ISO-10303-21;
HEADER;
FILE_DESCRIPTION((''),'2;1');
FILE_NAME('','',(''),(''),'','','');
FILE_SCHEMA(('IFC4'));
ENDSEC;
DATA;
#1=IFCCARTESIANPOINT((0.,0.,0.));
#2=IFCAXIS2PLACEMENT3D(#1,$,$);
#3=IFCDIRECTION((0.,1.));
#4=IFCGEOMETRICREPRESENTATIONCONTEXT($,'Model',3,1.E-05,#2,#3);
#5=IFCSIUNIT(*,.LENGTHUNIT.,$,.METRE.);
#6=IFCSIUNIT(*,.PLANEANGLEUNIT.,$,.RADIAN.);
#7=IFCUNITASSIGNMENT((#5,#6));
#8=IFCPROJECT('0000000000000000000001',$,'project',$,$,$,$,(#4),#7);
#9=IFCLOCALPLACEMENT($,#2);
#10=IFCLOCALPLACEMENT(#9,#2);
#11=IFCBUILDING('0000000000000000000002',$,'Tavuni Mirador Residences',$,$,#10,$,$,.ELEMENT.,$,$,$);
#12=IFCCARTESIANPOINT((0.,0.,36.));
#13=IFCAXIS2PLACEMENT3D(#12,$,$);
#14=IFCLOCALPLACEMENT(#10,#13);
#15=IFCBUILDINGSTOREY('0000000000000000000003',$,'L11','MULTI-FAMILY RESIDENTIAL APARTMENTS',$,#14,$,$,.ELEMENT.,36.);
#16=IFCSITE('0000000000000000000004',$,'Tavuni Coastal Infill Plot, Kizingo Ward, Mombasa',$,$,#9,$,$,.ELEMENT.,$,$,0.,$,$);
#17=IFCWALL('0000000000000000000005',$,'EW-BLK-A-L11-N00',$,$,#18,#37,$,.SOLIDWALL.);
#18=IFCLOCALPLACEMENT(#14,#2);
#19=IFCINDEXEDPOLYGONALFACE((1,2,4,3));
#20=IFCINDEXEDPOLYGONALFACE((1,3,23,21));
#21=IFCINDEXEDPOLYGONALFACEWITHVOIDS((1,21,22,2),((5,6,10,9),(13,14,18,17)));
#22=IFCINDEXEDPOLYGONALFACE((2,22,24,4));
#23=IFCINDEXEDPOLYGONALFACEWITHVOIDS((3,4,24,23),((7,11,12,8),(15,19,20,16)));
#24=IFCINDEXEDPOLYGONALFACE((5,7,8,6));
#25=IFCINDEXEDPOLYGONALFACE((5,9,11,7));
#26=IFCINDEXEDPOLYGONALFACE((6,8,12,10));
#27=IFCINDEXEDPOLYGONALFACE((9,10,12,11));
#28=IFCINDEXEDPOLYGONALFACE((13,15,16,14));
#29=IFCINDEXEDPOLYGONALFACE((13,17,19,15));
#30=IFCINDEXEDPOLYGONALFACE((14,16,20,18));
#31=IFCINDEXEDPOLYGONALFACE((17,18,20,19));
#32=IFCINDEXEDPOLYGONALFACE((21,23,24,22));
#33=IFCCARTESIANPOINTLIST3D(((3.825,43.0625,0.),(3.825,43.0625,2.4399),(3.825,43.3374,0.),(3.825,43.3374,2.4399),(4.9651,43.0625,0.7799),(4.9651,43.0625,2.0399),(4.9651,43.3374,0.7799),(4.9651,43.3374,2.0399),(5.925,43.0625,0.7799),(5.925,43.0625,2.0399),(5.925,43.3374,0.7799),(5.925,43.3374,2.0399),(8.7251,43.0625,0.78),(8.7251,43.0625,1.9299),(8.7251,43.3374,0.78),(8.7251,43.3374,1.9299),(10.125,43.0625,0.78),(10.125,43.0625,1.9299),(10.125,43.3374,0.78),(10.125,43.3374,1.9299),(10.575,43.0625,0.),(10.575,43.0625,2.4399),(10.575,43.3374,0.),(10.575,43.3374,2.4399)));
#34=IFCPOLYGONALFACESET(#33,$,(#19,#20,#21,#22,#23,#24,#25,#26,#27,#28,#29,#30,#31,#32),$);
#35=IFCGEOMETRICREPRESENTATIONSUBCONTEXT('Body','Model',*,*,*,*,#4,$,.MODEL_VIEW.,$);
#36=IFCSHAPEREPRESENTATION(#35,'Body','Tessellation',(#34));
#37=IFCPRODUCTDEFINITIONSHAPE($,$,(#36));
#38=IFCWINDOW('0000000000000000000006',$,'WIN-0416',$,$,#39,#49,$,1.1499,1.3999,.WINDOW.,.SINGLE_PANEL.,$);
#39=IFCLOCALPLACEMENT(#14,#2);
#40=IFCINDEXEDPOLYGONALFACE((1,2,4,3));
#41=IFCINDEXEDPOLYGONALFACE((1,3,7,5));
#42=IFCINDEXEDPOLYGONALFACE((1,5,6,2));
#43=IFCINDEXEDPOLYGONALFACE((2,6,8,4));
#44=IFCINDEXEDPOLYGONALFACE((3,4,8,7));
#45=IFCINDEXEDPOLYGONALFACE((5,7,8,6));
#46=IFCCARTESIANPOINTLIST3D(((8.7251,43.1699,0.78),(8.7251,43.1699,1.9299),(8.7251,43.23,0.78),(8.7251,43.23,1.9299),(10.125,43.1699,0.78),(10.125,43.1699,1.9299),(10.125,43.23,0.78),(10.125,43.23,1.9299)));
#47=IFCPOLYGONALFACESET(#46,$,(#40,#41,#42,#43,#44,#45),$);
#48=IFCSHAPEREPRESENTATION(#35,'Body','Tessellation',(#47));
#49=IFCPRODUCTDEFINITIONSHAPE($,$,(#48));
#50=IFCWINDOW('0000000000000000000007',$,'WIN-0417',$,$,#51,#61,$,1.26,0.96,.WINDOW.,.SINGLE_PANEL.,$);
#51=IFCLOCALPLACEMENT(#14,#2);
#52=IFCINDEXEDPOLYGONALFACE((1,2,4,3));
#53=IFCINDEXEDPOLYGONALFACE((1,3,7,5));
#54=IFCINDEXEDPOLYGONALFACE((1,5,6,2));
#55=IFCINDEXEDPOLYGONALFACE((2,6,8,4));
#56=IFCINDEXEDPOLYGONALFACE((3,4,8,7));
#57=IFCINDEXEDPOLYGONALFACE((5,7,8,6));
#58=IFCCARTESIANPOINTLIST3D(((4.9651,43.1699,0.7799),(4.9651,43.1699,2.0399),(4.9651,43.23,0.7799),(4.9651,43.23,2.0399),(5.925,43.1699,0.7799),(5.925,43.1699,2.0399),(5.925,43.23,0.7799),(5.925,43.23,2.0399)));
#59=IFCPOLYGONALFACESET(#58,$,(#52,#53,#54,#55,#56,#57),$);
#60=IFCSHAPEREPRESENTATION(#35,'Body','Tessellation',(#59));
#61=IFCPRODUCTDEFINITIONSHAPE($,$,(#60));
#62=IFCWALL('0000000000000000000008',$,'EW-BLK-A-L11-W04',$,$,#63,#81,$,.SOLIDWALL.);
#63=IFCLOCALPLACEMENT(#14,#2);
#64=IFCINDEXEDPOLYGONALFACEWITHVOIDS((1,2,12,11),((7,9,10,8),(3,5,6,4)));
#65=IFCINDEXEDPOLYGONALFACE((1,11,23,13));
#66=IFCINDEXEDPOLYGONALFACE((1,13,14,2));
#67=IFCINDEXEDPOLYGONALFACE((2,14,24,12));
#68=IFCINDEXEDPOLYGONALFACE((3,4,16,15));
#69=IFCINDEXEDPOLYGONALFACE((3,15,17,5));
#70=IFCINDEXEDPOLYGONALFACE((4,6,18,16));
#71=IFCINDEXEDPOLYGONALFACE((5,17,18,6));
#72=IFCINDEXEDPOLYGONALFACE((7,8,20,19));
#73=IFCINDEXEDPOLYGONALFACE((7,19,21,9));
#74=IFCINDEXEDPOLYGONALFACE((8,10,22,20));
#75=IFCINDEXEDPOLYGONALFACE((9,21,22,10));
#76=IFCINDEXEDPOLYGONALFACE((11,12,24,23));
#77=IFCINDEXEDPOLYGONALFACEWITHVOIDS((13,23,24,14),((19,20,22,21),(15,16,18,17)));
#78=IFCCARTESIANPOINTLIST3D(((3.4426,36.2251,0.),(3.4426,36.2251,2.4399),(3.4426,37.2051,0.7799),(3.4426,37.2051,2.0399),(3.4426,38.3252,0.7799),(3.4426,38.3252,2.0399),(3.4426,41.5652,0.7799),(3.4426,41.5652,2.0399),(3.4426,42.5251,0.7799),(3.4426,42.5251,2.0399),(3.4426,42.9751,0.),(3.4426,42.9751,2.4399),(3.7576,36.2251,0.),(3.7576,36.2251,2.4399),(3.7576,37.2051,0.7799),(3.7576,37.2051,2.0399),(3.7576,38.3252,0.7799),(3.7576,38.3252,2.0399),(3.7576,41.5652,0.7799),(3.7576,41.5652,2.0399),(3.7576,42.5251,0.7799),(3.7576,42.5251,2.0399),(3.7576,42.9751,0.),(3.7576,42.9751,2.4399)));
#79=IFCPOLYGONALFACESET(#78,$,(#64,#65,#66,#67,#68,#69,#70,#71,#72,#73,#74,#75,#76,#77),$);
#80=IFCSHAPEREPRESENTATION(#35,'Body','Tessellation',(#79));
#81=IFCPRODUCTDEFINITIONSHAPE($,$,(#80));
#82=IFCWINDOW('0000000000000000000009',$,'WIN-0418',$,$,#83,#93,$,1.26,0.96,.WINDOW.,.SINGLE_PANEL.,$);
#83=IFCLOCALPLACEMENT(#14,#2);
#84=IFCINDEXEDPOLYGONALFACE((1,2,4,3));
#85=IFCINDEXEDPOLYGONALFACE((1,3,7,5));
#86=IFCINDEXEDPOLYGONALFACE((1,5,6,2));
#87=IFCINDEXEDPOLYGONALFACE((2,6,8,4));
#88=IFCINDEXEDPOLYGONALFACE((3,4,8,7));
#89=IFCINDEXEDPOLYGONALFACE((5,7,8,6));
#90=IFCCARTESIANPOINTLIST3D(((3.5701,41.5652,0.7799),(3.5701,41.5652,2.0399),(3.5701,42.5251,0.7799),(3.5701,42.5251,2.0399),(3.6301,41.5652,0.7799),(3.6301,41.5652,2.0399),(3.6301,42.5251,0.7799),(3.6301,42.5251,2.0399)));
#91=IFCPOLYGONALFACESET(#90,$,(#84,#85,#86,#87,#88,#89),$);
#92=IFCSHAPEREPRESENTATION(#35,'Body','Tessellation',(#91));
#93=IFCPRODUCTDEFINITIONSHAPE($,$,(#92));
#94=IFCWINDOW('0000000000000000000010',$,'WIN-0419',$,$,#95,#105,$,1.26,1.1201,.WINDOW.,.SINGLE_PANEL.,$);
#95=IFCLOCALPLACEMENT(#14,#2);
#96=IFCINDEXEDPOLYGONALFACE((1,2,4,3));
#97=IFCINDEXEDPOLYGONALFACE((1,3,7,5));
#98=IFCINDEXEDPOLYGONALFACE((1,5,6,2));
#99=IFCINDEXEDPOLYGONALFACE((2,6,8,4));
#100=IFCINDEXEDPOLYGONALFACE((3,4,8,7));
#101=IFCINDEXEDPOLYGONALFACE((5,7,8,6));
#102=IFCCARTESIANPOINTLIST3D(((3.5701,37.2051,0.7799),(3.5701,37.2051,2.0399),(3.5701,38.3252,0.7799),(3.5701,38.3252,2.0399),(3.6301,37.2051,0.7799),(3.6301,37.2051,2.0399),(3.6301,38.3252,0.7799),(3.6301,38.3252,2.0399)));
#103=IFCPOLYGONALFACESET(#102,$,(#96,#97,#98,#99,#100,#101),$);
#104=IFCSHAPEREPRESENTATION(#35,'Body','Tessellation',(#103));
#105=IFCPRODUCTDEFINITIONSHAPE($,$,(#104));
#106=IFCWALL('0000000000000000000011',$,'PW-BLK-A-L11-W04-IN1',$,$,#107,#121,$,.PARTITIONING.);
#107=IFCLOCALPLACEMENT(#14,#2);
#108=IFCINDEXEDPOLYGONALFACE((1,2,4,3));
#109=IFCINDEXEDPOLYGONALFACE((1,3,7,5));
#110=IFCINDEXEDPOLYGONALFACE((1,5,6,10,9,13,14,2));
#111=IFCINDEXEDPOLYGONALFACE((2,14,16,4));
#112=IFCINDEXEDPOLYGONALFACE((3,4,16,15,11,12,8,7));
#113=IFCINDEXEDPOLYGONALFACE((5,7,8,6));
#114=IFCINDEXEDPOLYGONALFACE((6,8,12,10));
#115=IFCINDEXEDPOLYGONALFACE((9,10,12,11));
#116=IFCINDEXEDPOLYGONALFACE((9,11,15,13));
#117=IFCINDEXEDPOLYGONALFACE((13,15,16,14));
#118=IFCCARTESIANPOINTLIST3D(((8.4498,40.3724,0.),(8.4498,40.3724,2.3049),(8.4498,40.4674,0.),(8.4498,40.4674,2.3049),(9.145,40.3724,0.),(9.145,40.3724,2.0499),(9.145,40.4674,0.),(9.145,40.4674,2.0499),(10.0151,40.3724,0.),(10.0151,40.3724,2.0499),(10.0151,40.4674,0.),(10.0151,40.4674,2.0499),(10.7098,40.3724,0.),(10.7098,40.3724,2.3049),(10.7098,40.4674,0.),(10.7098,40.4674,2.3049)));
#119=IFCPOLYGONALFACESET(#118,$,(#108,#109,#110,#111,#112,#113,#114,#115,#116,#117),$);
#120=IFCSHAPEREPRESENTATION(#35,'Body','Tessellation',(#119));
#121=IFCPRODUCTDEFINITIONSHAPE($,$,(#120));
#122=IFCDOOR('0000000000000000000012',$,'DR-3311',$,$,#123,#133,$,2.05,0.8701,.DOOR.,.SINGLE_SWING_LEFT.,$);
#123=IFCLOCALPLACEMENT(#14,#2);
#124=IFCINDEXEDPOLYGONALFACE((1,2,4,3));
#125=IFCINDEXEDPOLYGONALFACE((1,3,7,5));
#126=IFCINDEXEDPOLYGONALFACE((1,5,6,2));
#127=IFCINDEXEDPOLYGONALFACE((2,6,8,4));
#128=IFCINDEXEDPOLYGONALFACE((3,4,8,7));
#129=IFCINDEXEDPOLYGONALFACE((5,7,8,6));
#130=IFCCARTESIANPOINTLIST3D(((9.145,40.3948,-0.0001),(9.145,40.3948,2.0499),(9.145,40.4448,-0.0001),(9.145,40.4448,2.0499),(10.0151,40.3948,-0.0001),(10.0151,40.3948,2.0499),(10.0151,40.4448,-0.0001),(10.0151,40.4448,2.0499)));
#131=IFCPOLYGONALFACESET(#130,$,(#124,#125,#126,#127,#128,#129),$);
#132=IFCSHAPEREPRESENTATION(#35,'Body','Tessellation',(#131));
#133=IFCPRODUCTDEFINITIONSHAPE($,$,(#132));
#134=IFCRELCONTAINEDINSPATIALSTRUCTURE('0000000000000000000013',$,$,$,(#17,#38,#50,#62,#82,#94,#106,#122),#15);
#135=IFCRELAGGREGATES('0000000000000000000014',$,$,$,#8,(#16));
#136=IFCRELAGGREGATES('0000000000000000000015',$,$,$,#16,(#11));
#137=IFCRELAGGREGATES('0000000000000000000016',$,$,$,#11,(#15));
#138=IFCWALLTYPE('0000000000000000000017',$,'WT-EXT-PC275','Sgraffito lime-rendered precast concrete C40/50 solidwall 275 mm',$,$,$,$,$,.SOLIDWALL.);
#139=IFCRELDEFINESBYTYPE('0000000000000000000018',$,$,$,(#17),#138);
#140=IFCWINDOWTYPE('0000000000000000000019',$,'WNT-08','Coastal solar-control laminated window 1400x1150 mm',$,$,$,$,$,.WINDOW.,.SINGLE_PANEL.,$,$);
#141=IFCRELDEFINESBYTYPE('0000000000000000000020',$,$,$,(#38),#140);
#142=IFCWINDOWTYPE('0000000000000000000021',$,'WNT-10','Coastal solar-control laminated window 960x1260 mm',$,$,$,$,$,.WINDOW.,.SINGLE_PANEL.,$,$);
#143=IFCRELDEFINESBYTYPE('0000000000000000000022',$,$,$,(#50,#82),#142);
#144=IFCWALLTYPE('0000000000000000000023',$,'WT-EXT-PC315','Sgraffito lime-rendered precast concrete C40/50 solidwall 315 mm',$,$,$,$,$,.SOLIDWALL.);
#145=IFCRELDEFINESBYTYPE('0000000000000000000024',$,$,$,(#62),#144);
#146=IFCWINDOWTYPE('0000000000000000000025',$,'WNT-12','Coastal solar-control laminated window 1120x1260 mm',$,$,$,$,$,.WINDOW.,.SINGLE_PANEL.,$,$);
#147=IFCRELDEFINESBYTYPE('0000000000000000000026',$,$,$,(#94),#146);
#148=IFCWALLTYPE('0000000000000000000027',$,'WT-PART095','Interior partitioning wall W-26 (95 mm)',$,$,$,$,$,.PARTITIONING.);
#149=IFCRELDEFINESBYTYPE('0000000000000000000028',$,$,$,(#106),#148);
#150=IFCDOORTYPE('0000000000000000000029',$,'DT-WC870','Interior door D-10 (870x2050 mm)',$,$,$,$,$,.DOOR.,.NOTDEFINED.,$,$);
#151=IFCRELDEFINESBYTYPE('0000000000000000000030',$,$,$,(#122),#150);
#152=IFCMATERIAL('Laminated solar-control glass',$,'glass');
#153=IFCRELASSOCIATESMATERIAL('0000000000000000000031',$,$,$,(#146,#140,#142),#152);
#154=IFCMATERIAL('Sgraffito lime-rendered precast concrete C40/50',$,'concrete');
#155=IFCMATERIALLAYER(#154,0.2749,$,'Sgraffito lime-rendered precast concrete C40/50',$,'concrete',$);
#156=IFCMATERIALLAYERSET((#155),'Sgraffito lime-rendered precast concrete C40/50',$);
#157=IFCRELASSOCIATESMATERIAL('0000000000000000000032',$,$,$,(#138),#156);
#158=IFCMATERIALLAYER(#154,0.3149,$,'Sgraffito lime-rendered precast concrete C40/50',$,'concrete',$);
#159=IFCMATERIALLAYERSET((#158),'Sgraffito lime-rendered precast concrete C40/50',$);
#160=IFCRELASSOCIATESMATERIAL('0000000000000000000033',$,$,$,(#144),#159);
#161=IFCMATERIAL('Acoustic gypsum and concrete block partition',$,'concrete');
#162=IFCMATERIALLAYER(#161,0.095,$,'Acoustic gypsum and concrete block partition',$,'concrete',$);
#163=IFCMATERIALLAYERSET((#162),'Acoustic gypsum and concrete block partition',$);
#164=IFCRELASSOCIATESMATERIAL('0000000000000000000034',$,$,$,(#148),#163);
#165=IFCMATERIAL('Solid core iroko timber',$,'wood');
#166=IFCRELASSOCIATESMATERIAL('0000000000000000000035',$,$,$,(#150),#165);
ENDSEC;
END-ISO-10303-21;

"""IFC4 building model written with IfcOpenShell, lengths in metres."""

from ifc_helpers import new_model, si_unit, direction, frame, frame_2d, origin, place, context, subcontext, project, spatial, rectangle, extrude, material, layer, layer_set, type_object, element, fill, save


model = new_model("IFC4")

# Units and contexts
model_context = context("Model", 3, precision=1e-05, world=origin(), true_north=direction((0.0, 1.0)))
body_context = subcontext(model_context, "Body", "Model", "MODEL_VIEW")
ifc_project = project(units=[si_unit("LENGTHUNIT", "METRE"), si_unit("PLANEANGLEUNIT", "RADIAN")], contexts=[model_context])

# Site, building, storey
site_placement = place(None, origin())
site = spatial("IfcSite", under=ifc_project, at=site_placement, Name="Tavuni Coastal Infill Plot, Kizingo Ward, Mombasa", CompositionType="ELEMENT", RefElevation=0.0)
building_placement = place(site_placement, origin())
building = spatial("IfcBuilding", under=site, at=building_placement, Name="Tavuni Mirador Residences", CompositionType="ELEMENT")
storey_placement = place(building_placement, frame((0.0, 0.0, 36.0)))
storey = spatial("IfcBuildingStorey", under=building, at=storey_placement, Name="L11", Description="MULTI-FAMILY RESIDENTIAL APARTMENTS", CompositionType="ELEMENT", Elevation=36.0)

# Walls, openings, windows
ifc_material_1 = material(Name="Laminated solar-control glass", Category="glass")
window_type_1 = type_object("IfcWindowType", Name="WNT-12", Description="Coastal solar-control laminated window 1120x1260 mm", PartitioningType="SINGLE_PANEL", PredefinedType="WINDOW", material=ifc_material_1)
ifc_material_2 = material(Name="Sgraffito lime-rendered precast concrete C40/50", Category="concrete")
ifc_layer_1 = layer(ifc_material_2, 0.2749, Name="Sgraffito lime-rendered precast concrete C40/50", Category="concrete")
ifc_layer_set_1 = layer_set([ifc_layer_1], Name="Sgraffito lime-rendered precast concrete C40/50")
wall_type_1 = type_object("IfcWallType", Name="WT-EXT-PC275", Description="Sgraffito lime-rendered precast concrete C40/50 solidwall 275 mm", PredefinedType="SOLIDWALL", material=ifc_layer_set_1)
wall_1_placement = place(storey_placement, frame((10.575, 43.2, 0.0), z_axis=(0.0, 0.0, 1.0), x_axis=(-1.0, 0.0, 0.0)))
wall_1 = element("IfcWall", 1, at=wall_1_placement, inside=storey, type_object=wall_type_1, Name="EW-BLK-A-L11-N00", PredefinedType="SOLIDWALL", context=body_context, shape_type="SweptSolid", body=[
    extrude(rectangle(XDim=6.75, YDim=0.2749, at=frame_2d((3.375, 0.0))), origin(), (0.0, 0.0, 1.0), 2.4399),
])
opening_1_placement = place(wall_1_placement, frame((0.45, 0.0, 0.78)))
opening_1 = element("IfcOpeningElement", 2, at=opening_1_placement, cuts=wall_1, PredefinedType="OPENING", context=body_context, shape_type="SweptSolid", body=[
    extrude(rectangle(XDim=1.3999, YDim=1.1499, at=frame_2d((0.7, 0.575))), frame((0.0, 0.1475, 0.0), z_axis=(0.0, -1.0, 0.0), x_axis=(1.0, 0.0, 0.0)), (0.0, 0.0, 1.0), 0.2949),
])
opening_2_placement = place(wall_1_placement, frame((4.6499, 0.0, 0.78)))
opening_2 = element("IfcOpeningElement", 3, at=opening_2_placement, cuts=wall_1, PredefinedType="OPENING", context=body_context, shape_type="SweptSolid", body=[
    extrude(rectangle(XDim=0.96, YDim=1.26, at=frame_2d((0.48, 0.6299))), frame((0.0, 0.1475, 0.0), z_axis=(0.0, -1.0, 0.0), x_axis=(1.0, 0.0, 0.0)), (0.0, 0.0, 1.0), 0.2949),
])
window_type_2 = type_object("IfcWindowType", Name="WNT-08", Description="Coastal solar-control laminated window 1400x1150 mm", PartitioningType="SINGLE_PANEL", PredefinedType="WINDOW", material=ifc_material_1)
window_1_placement = place(opening_1_placement, origin())
window_1 = element("IfcWindow", 4, at=window_1_placement, inside=storey, type_object=window_type_2, Name="WIN-0416", OverallHeight=1.1499, OverallWidth=1.3999, PartitioningType="SINGLE_PANEL", PredefinedType="WINDOW", context=body_context, shape_type="SweptSolid", body=[
    extrude(rectangle(XDim=1.3999, YDim=1.1499, at=frame_2d((0.7, 0.575))), frame((0.0, 0.03, 0.0), z_axis=(0.0, -1.0, 0.0), x_axis=(1.0, 0.0, 0.0)), (0.0, 0.0, 1.0), 0.0601),
])
fill(opening_1, window_1)
window_type_3 = type_object("IfcWindowType", Name="WNT-10", Description="Coastal solar-control laminated window 960x1260 mm", PartitioningType="SINGLE_PANEL", PredefinedType="WINDOW", material=ifc_material_1)
window_2_placement = place(opening_2_placement, origin())
window_2 = element("IfcWindow", 5, at=window_2_placement, inside=storey, type_object=window_type_3, Name="WIN-0417", OverallHeight=1.26, OverallWidth=0.96, PartitioningType="SINGLE_PANEL", PredefinedType="WINDOW", context=body_context, shape_type="SweptSolid", body=[
    extrude(rectangle(XDim=0.96, YDim=1.26, at=frame_2d((0.48, 0.6299))), frame((0.0, 0.03, 0.0), z_axis=(0.0, -1.0, 0.0), x_axis=(1.0, 0.0, 0.0)), (0.0, 0.0, 1.0), 0.0601),
])
fill(opening_2, window_2)
ifc_layer_2 = layer(ifc_material_2, 0.3149, Name="Sgraffito lime-rendered precast concrete C40/50", Category="concrete")
ifc_layer_set_2 = layer_set([ifc_layer_2], Name="Sgraffito lime-rendered precast concrete C40/50")
wall_type_2 = type_object("IfcWallType", Name="WT-EXT-PC315", Description="Sgraffito lime-rendered precast concrete C40/50 solidwall 315 mm", PredefinedType="SOLIDWALL", material=ifc_layer_set_2)
wall_2_placement = place(storey_placement, frame((3.6001, 42.9751, 0.0), z_axis=(0.0, 0.0, 1.0), x_axis=(0.0, -1.0, 0.0)))
wall_2 = element("IfcWall", 6, at=wall_2_placement, inside=storey, type_object=wall_type_2, Name="EW-BLK-A-L11-W04", PredefinedType="SOLIDWALL", context=body_context, shape_type="SweptSolid", body=[
    extrude(rectangle(XDim=6.75, YDim=0.3149, at=frame_2d((3.375, 0.0))), origin(), (0.0, 0.0, 1.0), 2.4399),
])
opening_3_placement = place(wall_2_placement, frame((0.45, 0.0, 0.78)))
opening_3 = element("IfcOpeningElement", 7, at=opening_3_placement, cuts=wall_2, PredefinedType="OPENING", context=body_context, shape_type="SweptSolid", body=[
    extrude(rectangle(XDim=0.96, YDim=1.26, at=frame_2d((0.48, 0.6299))), frame((0.0, 0.1675, 0.0), z_axis=(0.0, -1.0, 0.0), x_axis=(1.0, 0.0, 0.0)), (0.0, 0.0, 1.0), 0.335),
])
opening_4_placement = place(wall_2_placement, frame((4.6499, 0.0, 0.78)))
opening_4 = element("IfcOpeningElement", 8, at=opening_4_placement, cuts=wall_2, PredefinedType="OPENING", context=body_context, shape_type="SweptSolid", body=[
    extrude(rectangle(XDim=1.1201, YDim=1.26, at=frame_2d((0.5601, 0.6299))), frame((0.0, 0.1675, 0.0), z_axis=(0.0, -1.0, 0.0), x_axis=(1.0, 0.0, 0.0)), (0.0, 0.0, 1.0), 0.335),
])
window_3_placement = place(opening_3_placement, origin())
window_3 = element("IfcWindow", 9, at=window_3_placement, inside=storey, type_object=window_type_3, Name="WIN-0418", OverallHeight=1.26, OverallWidth=0.96, PartitioningType="SINGLE_PANEL", PredefinedType="WINDOW", context=body_context, shape_type="SweptSolid", body=[
    extrude(rectangle(XDim=0.96, YDim=1.26, at=frame_2d((0.48, 0.6299))), frame((0.0, 0.03, 0.0), z_axis=(0.0, -1.0, 0.0), x_axis=(1.0, 0.0, 0.0)), (0.0, 0.0, 1.0), 0.0601),
])
fill(opening_3, window_3)
window_4_placement = place(opening_4_placement, origin())
window_4 = element("IfcWindow", 10, at=window_4_placement, inside=storey, type_object=window_type_1, Name="WIN-0419", OverallHeight=1.26, OverallWidth=1.1201, PartitioningType="SINGLE_PANEL", PredefinedType="WINDOW", context=body_context, shape_type="SweptSolid", body=[
    extrude(rectangle(XDim=1.1201, YDim=1.26, at=frame_2d((0.5601, 0.6299))), frame((0.0, 0.03, 0.0), z_axis=(0.0, -1.0, 0.0), x_axis=(1.0, 0.0, 0.0)), (0.0, 0.0, 1.0), 0.0601),
])
fill(opening_4, window_4)

# Wall, opening, door
ifc_material_3 = material(Name="Acoustic gypsum and concrete block partition", Category="concrete")
ifc_layer_3 = layer(ifc_material_3, 0.095, Name="Acoustic gypsum and concrete block partition", Category="concrete")
ifc_layer_set_3 = layer_set([ifc_layer_3], Name="Acoustic gypsum and concrete block partition")
wall_type_3 = type_object("IfcWallType", Name="WT-PART095", Description="Interior partitioning wall W-26 (95 mm)", PredefinedType="PARTITIONING", material=ifc_layer_set_3)
wall_3_placement = place(storey_placement, frame((8.45, 40.4199, 0.0), z_axis=(0.0, 0.0, 1.0), x_axis=(1.0, 0.0, 0.0)))
wall_3 = element("IfcWall", 11, at=wall_3_placement, inside=storey, type_object=wall_type_3, Name="PW-BLK-A-L11-W04-IN1", PredefinedType="PARTITIONING", context=body_context, shape_type="SweptSolid", body=[
    extrude(rectangle(XDim=2.26, YDim=0.095, at=frame_2d((1.1299, 0.0))), origin(), (0.0, 0.0, 1.0), 2.3049),
])
opening_5_placement = place(wall_3_placement, frame((0.6951, 0.0, 0.0)))
opening_5 = element("IfcOpeningElement", 12, at=opening_5_placement, cuts=wall_3, PredefinedType="OPENING", context=body_context, shape_type="SweptSolid", body=[
    extrude(rectangle(XDim=0.8701, YDim=2.05, at=frame_2d((0.4351, 1.0249))), frame((0.0, 0.0576, 0.0), z_axis=(0.0, -1.0, 0.0), x_axis=(1.0, 0.0, 0.0)), (0.0, 0.0, 1.0), 0.115),
])
ifc_material_4 = material(Name="Solid core iroko timber", Category="wood")
door_type_1 = type_object("IfcDoorType", Name="DT-WC870", Description="Interior door D-10 (870x2050 mm)", OperationType="NOTDEFINED", PredefinedType="DOOR", material=ifc_material_4)
door_1_placement = place(opening_5_placement, origin())
door_1 = element("IfcDoor", 13, at=door_1_placement, inside=storey, type_object=door_type_1, Name="DR-3311", OperationType="SINGLE_SWING_LEFT", OverallHeight=2.05, OverallWidth=0.8701, PredefinedType="DOOR", context=body_context, shape_type="SweptSolid", body=[
    extrude(rectangle(XDim=0.8701, YDim=2.05, at=frame_2d((0.4351, 1.0249))), frame((0.0, 0.0249, 0.0), z_axis=(0.0, -1.0, 0.0), x_axis=(1.0, 0.0, 0.0)), (0.0, 0.0, 1.0), 0.05),
])
fill(opening_5, door_1)

save(model, "model.ifc")
